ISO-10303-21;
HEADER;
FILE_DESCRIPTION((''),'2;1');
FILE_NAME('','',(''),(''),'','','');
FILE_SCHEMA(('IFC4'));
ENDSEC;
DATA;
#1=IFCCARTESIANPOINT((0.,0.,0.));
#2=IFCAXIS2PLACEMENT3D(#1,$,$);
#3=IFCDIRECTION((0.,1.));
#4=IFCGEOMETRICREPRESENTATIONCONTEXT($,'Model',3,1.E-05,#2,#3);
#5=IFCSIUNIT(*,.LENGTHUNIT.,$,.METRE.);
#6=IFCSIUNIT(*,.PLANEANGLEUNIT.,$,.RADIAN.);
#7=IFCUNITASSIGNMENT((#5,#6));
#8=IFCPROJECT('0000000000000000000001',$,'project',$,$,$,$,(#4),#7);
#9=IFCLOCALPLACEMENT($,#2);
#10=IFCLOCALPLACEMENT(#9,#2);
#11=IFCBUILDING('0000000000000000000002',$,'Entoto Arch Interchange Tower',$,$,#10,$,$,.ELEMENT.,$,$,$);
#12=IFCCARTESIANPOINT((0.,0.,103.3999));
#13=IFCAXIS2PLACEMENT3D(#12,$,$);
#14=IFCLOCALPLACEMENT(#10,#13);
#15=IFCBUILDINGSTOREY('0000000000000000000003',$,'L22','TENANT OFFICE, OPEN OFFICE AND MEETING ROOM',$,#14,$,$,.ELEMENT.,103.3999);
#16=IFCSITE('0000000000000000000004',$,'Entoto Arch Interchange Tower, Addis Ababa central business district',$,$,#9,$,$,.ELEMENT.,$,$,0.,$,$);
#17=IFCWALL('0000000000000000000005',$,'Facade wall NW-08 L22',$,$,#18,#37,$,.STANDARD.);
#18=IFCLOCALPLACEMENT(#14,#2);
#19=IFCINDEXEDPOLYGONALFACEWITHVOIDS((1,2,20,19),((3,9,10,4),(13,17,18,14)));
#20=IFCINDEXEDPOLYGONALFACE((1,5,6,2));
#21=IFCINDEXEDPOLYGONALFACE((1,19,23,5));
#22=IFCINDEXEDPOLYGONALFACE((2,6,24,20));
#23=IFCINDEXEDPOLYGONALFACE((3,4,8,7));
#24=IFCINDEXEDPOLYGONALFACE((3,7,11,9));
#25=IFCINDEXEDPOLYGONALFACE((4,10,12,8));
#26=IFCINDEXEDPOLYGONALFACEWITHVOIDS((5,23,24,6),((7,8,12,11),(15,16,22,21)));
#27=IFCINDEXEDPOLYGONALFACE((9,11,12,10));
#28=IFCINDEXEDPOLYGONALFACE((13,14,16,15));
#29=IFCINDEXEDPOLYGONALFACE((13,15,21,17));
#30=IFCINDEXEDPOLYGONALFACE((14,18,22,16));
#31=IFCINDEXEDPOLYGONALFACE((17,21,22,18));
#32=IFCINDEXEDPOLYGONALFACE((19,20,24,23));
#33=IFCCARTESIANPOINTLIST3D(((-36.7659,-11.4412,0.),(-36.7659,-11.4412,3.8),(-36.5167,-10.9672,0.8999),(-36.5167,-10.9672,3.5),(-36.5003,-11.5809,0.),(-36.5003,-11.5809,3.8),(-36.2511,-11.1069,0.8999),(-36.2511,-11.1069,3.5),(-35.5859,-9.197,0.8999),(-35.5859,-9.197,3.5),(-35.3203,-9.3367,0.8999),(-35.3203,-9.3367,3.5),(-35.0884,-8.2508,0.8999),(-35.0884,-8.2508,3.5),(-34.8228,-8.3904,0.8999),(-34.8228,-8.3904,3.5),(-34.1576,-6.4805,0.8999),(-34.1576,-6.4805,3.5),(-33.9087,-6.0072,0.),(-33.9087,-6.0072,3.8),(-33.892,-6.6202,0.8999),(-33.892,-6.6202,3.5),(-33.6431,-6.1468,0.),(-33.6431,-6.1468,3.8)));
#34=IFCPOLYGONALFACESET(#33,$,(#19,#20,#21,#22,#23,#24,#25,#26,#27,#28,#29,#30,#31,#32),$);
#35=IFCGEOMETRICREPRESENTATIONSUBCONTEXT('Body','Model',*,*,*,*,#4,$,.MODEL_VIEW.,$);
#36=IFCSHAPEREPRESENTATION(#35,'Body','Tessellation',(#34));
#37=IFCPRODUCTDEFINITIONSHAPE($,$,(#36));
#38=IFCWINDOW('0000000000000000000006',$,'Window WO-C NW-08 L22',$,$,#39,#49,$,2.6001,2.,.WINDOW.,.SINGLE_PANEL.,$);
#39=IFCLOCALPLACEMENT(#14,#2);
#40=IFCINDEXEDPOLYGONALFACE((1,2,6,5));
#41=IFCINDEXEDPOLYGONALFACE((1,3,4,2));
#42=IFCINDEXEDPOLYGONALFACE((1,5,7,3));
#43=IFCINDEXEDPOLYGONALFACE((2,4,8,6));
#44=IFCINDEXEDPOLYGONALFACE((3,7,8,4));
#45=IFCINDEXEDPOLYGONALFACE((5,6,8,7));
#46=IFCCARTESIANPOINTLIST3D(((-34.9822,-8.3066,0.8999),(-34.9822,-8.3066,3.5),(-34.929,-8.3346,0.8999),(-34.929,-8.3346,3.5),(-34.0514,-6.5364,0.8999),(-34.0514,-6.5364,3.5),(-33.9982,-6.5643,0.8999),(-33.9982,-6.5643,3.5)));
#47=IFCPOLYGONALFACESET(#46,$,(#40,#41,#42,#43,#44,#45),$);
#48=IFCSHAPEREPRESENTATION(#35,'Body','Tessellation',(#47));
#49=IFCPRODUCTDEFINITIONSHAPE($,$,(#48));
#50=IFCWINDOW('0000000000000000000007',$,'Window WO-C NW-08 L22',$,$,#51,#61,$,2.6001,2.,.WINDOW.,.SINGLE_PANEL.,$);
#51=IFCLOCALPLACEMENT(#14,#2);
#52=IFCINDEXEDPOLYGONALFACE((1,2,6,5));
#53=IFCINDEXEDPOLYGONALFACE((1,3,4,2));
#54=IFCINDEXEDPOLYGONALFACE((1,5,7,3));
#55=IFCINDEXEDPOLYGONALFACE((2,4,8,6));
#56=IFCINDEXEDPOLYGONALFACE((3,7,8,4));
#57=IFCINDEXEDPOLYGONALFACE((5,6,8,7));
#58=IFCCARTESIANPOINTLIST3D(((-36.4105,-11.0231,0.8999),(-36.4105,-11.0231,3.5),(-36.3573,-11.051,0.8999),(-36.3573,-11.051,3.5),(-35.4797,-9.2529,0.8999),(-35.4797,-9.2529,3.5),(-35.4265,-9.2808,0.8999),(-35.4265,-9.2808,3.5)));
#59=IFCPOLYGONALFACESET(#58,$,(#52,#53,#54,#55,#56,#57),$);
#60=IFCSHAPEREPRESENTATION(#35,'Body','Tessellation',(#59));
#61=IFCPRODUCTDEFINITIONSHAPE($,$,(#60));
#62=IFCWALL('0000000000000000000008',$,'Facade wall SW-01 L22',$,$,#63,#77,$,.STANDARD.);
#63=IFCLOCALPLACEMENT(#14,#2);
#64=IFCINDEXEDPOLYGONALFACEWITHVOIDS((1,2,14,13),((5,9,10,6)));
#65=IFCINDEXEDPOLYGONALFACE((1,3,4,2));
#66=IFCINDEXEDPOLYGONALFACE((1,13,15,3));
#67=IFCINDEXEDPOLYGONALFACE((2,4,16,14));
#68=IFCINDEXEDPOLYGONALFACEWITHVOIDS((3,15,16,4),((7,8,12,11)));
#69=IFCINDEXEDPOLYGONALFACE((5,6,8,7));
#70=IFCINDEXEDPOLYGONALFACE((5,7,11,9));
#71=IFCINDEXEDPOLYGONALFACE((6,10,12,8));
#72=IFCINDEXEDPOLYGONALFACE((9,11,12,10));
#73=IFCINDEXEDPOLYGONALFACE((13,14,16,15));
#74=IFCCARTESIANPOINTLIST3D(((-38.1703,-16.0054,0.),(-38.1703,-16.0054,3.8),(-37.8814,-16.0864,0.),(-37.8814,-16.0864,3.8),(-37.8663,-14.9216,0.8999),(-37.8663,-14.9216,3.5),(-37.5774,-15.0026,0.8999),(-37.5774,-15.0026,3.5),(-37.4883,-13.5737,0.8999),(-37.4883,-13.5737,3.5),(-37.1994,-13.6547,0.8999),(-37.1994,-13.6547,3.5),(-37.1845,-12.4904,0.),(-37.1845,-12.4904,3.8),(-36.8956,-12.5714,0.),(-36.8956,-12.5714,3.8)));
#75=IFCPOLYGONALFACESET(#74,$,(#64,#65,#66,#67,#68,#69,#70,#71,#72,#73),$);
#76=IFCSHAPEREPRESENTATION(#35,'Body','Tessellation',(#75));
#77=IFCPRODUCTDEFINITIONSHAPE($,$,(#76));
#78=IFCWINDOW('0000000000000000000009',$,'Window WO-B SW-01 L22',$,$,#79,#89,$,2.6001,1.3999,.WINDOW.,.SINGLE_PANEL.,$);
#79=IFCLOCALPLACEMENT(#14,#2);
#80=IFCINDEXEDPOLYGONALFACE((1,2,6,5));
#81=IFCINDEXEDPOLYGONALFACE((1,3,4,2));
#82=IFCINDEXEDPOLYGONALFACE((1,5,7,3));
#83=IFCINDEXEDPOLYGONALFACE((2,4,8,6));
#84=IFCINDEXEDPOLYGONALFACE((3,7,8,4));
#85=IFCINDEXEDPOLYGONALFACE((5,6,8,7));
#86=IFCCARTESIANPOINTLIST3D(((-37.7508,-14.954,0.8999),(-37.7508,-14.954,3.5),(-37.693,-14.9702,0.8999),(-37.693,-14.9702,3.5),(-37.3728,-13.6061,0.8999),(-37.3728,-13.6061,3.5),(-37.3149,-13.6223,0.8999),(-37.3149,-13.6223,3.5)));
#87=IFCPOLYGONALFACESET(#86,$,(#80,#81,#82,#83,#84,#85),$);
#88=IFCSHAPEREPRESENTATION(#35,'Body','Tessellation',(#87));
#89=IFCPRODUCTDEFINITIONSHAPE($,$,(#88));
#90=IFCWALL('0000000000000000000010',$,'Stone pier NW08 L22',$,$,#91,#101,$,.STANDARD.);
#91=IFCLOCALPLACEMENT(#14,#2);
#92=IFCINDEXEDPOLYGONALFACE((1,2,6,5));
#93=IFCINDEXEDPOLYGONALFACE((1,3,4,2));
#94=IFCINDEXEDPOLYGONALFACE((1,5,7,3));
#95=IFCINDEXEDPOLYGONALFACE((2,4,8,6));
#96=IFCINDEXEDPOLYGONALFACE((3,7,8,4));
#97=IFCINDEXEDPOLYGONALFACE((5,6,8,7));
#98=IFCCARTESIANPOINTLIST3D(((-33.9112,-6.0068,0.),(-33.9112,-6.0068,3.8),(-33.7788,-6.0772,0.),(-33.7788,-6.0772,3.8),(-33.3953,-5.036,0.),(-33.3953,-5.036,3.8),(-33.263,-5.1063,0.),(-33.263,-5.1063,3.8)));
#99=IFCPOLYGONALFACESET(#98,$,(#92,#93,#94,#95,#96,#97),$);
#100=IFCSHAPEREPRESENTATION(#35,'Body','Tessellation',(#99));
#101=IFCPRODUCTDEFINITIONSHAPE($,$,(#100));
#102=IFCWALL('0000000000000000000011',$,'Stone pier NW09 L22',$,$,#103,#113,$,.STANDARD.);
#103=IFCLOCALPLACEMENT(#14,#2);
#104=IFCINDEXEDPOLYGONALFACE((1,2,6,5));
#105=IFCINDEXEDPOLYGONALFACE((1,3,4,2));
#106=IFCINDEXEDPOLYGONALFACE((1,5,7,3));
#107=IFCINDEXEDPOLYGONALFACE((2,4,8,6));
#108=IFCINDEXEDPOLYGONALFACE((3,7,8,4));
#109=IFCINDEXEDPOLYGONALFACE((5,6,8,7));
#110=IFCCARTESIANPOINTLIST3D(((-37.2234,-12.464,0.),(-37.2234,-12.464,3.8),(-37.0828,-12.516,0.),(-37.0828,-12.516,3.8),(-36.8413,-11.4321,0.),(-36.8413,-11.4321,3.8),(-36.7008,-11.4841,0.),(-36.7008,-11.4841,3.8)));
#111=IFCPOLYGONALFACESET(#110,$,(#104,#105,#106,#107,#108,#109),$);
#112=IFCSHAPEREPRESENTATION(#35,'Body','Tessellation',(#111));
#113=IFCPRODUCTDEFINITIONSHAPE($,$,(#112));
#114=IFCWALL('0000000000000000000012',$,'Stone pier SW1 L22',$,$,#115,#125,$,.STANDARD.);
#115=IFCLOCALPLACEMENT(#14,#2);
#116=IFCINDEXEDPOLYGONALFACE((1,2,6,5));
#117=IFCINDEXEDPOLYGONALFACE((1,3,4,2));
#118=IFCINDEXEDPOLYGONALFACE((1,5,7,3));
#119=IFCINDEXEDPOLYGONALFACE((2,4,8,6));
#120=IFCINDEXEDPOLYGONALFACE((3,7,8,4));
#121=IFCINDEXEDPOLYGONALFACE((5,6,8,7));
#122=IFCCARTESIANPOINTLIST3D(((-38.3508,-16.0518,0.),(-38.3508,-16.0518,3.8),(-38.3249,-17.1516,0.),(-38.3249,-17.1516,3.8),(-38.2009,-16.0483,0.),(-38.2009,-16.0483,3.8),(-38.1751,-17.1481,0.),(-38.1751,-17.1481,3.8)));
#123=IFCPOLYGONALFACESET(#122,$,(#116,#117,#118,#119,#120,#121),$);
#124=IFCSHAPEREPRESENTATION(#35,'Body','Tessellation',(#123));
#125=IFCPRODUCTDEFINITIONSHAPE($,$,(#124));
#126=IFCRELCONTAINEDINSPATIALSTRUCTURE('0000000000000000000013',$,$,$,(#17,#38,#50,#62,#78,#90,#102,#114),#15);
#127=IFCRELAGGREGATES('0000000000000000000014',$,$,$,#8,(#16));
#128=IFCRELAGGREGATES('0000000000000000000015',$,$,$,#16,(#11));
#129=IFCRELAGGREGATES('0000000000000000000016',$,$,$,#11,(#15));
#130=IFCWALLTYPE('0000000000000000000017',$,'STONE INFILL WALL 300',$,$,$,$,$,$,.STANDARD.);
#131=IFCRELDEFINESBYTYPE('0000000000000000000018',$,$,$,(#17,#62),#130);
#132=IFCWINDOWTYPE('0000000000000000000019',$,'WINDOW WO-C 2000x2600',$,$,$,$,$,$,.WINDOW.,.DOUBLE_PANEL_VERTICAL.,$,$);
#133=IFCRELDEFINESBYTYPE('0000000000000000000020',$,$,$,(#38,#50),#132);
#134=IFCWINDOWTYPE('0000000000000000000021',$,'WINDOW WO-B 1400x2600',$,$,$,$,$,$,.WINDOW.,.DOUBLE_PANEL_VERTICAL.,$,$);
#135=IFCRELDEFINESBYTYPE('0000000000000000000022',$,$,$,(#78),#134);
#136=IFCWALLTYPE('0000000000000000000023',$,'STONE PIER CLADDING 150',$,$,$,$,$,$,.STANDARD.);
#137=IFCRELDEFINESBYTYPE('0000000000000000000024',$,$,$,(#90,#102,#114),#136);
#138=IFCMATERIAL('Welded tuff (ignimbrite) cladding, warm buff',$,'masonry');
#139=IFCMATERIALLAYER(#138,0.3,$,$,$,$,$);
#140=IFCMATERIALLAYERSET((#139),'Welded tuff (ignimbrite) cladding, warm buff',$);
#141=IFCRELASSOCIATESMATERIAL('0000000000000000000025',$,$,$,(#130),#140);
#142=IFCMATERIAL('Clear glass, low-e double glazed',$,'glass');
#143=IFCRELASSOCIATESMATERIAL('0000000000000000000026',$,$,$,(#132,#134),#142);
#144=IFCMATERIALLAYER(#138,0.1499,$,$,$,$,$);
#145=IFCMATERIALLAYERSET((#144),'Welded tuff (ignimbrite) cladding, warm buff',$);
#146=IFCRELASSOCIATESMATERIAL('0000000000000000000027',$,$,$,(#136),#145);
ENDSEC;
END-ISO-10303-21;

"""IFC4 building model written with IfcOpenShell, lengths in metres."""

from ifc_helpers import new_model, si_unit, direction, frame, frame_2d, origin, place, context, subcontext, project, spatial, rectangle, extrude, material, layer, layer_set, type_object, element, fill, save


model = new_model("IFC4")

# Units and contexts
model_context = context("Model", 3, precision=1e-05, world=origin(), true_north=direction((0.0, 1.0)))
body_context = subcontext(model_context, "Body", "Model", "MODEL_VIEW")
ifc_project = project(units=[si_unit("LENGTHUNIT", "METRE"), si_unit("PLANEANGLEUNIT", "RADIAN")], contexts=[model_context])

# Site, building, storey
site_placement = place(None, origin())
site = spatial("IfcSite", under=ifc_project, at=site_placement, Name="Entoto Arch Interchange Tower, Addis Ababa central business district", CompositionType="ELEMENT", RefElevation=0.0)
building_placement = place(site_placement, origin())
building = spatial("IfcBuilding", under=site, at=building_placement, Name="Entoto Arch Interchange Tower", CompositionType="ELEMENT")
storey_placement = place(building_placement, frame((0.0, 0.0, 103.3999)))
storey = spatial("IfcBuildingStorey", under=building, at=storey_placement, Name="L22", Description="TENANT OFFICE, OPEN OFFICE AND MEETING ROOM", CompositionType="ELEMENT", Elevation=103.3999)

# Wall, openings, windows
ifc_material_1 = material(Name="Welded tuff (ignimbrite) cladding, warm buff", Category="masonry")
ifc_layer_1 = layer(ifc_material_1, 0.3)
ifc_layer_set_1 = layer_set([ifc_layer_1], Name="Welded tuff (ignimbrite) cladding, warm buff")
wall_type_1 = type_object("IfcWallType", Name="STONE INFILL WALL 300", PredefinedType="STANDARD", material=ifc_layer_set_1)
wall_1_placement = place(storey_placement, frame((-33.7759, -6.0769, 0.0), z_axis=(0.0, 0.0, 1.0), x_axis=(-0.465381, -0.885111, 0.0)))
wall_1 = element("IfcWall", 1, at=wall_1_placement, inside=storey, type_object=wall_type_1, Name="Facade wall NW-08 L22", PredefinedType="STANDARD", context=body_context, shape_type="SweptSolid", body=[
    extrude(rectangle(XDim=6.1394, YDim=0.3, at=frame_2d((3.0698, 0.0))), origin(), (0.0, 0.0, 1.0), 3.8),
])
opening_1_placement = place(wall_1_placement, frame((0.5349, 0.0, 0.8999)))
opening_1 = element("IfcOpeningElement", 2, at=opening_1_placement, cuts=wall_1, PredefinedType="OPENING", context=body_context, shape_type="SweptSolid", body=[
    extrude(rectangle(XDim=2.0, YDim=2.6001, at=frame_2d((1.0, 1.3))), frame((0.0, 0.1602, 0.0), z_axis=(0.0, -1.0, 0.0), x_axis=(1.0, 0.0, 0.0)), (0.0, 0.0, 1.0), 0.3201),
])
opening_2_placement = place(wall_1_placement, frame((3.604, 0.0, 0.8999)))
opening_2 = element("IfcOpeningElement", 3, at=opening_2_placement, cuts=wall_1, PredefinedType="OPENING", context=body_context, shape_type="SweptSolid", body=[
    extrude(rectangle(XDim=2.0, YDim=2.6001, at=frame_2d((1.0, 1.3))), frame((0.0, 0.1602, 0.0), z_axis=(0.0, -1.0, 0.0), x_axis=(1.0, 0.0, 0.0)), (0.0, 0.0, 1.0), 0.3201),
])
ifc_material_2 = material(Name="Clear glass, low-e double glazed", Category="glass")
window_type_1 = type_object("IfcWindowType", Name="WINDOW WO-C 2000x2600", PartitioningType="DOUBLE_PANEL_VERTICAL", PredefinedType="WINDOW", material=ifc_material_2)
window_1_placement = place(opening_1_placement, origin())
window_1 = element("IfcWindow", 4, at=window_1_placement, inside=storey, type_object=window_type_1, Name="Window WO-C NW-08 L22", OverallHeight=2.6001, OverallWidth=2.0, PartitioningType="SINGLE_PANEL", PredefinedType="WINDOW", context=body_context, shape_type="SweptSolid", body=[
    extrude(rectangle(XDim=2.0, YDim=2.6001, at=frame_2d((1.0, 1.3))), frame((0.0, 0.03, 0.0), z_axis=(0.0, -1.0, 0.0), x_axis=(1.0, 0.0, 0.0)), (0.0, 0.0, 1.0), 0.0601),
])
fill(opening_1, window_1)
window_2_placement = place(opening_2_placement, origin())
window_2 = element("IfcWindow", 5, at=window_2_placement, inside=storey, type_object=window_type_1, Name="Window WO-C NW-08 L22", OverallHeight=2.6001, OverallWidth=2.0, PartitioningType="SINGLE_PANEL", PredefinedType="WINDOW", context=body_context, shape_type="SweptSolid", body=[
    extrude(rectangle(XDim=2.0, YDim=2.6001, at=frame_2d((1.0, 1.3))), frame((0.0, 0.03, 0.0), z_axis=(0.0, -1.0, 0.0), x_axis=(1.0, 0.0, 0.0)), (0.0, 0.0, 1.0), 0.0601),
])
fill(opening_2, window_2)

# Wall, opening, window
wall_2_placement = place(storey_placement, frame((-37.04, -12.531, 0.0), z_axis=(0.0, 0.0, 1.0), x_axis=(-0.270054, -0.962845, 0.0)))
wall_2 = element("IfcWall", 6, at=wall_2_placement, inside=storey, type_object=wall_type_1, Name="Facade wall SW-01 L22", PredefinedType="STANDARD", context=body_context, shape_type="SweptSolid", body=[
    extrude(rectangle(XDim=3.6506, YDim=0.3, at=frame_2d((1.8252, 0.0))), origin(), (0.0, 0.0, 1.0), 3.8),
])
opening_3_placement = place(wall_2_placement, frame((1.125, 0.0, 0.8999)))
opening_3 = element("IfcOpeningElement", 7, at=opening_3_placement, cuts=wall_2, PredefinedType="OPENING", context=body_context, shape_type="SweptSolid", body=[
    extrude(rectangle(XDim=1.3999, YDim=2.6001, at=frame_2d((0.7, 1.3))), frame((0.0, 0.1602, 0.0), z_axis=(0.0, -1.0, 0.0), x_axis=(1.0, 0.0, 0.0)), (0.0, 0.0, 1.0), 0.3201),
])
window_type_2 = type_object("IfcWindowType", Name="WINDOW WO-B 1400x2600", PartitioningType="DOUBLE_PANEL_VERTICAL", PredefinedType="WINDOW", material=ifc_material_2)
window_3_placement = place(opening_3_placement, origin())
window_3 = element("IfcWindow", 8, at=window_3_placement, inside=storey, type_object=window_type_2, Name="Window WO-B SW-01 L22", OverallHeight=2.6001, OverallWidth=1.3999, PartitioningType="SINGLE_PANEL", PredefinedType="WINDOW", context=body_context, shape_type="SweptSolid", body=[
    extrude(rectangle(XDim=1.3999, YDim=2.6001, at=frame_2d((0.7, 1.3))), frame((0.0, 0.03, 0.0), z_axis=(0.0, -1.0, 0.0), x_axis=(1.0, 0.0, 0.0)), (0.0, 0.0, 1.0), 0.0601),
])
fill(opening_3, window_3)

# Walls
ifc_layer_2 = layer(ifc_material_1, 0.1499)
ifc_layer_set_2 = layer_set([ifc_layer_2], Name="Welded tuff (ignimbrite) cladding, warm buff")
wall_type_2 = type_object("IfcWallType", Name="STONE PIER CLADDING 150", PredefinedType="STANDARD", material=ifc_layer_set_2)
wall_3_placement = place(storey_placement, frame((-33.3291, -5.071, 0.0), z_axis=(0.0, 0.0, 1.0), x_axis=(-0.469193, -0.883096, 0.0)))
element("IfcWall", 9, at=wall_3_placement, inside=storey, type_object=wall_type_2, Name="Stone pier NW08 L22", PredefinedType="STANDARD", context=body_context, shape_type="SweptSolid", body=[
    extrude(rectangle(XDim=1.0994, YDim=0.1499, at=frame_2d((0.5498, 0.0))), origin(), (0.0, 0.0, 1.0), 3.8),
])
wall_4_placement = place(storey_placement, frame((-36.771, -11.458, 0.0), z_axis=(0.0, 0.0, 1.0), x_axis=(-0.347206, -0.937789, 0.0)))
element("IfcWall", 10, at=wall_4_placement, inside=storey, type_object=wall_type_2, Name="Stone pier NW09 L22", PredefinedType="STANDARD", context=body_context, shape_type="SweptSolid", body=[
    extrude(rectangle(XDim=1.1003, YDim=0.1499, at=frame_2d((0.5503, 0.0))), origin(), (0.0, 0.0, 1.0), 3.8),
])
wall_5_placement = place(storey_placement, frame((-38.2759, -16.05, 0.0), z_axis=(0.0, 0.0, 1.0), x_axis=(0.023523, -0.999723, 0.0)))
element("IfcWall", 11, at=wall_5_placement, inside=storey, type_object=wall_type_2, Name="Stone pier SW1 L22", PredefinedType="STANDARD", context=body_context, shape_type="SweptSolid", body=[
    extrude(rectangle(XDim=1.1001, YDim=0.1499, at=frame_2d((0.55, 0.0))), origin(), (0.0, 0.0, 1.0), 3.8),
])

save(model, "model.ifc")
